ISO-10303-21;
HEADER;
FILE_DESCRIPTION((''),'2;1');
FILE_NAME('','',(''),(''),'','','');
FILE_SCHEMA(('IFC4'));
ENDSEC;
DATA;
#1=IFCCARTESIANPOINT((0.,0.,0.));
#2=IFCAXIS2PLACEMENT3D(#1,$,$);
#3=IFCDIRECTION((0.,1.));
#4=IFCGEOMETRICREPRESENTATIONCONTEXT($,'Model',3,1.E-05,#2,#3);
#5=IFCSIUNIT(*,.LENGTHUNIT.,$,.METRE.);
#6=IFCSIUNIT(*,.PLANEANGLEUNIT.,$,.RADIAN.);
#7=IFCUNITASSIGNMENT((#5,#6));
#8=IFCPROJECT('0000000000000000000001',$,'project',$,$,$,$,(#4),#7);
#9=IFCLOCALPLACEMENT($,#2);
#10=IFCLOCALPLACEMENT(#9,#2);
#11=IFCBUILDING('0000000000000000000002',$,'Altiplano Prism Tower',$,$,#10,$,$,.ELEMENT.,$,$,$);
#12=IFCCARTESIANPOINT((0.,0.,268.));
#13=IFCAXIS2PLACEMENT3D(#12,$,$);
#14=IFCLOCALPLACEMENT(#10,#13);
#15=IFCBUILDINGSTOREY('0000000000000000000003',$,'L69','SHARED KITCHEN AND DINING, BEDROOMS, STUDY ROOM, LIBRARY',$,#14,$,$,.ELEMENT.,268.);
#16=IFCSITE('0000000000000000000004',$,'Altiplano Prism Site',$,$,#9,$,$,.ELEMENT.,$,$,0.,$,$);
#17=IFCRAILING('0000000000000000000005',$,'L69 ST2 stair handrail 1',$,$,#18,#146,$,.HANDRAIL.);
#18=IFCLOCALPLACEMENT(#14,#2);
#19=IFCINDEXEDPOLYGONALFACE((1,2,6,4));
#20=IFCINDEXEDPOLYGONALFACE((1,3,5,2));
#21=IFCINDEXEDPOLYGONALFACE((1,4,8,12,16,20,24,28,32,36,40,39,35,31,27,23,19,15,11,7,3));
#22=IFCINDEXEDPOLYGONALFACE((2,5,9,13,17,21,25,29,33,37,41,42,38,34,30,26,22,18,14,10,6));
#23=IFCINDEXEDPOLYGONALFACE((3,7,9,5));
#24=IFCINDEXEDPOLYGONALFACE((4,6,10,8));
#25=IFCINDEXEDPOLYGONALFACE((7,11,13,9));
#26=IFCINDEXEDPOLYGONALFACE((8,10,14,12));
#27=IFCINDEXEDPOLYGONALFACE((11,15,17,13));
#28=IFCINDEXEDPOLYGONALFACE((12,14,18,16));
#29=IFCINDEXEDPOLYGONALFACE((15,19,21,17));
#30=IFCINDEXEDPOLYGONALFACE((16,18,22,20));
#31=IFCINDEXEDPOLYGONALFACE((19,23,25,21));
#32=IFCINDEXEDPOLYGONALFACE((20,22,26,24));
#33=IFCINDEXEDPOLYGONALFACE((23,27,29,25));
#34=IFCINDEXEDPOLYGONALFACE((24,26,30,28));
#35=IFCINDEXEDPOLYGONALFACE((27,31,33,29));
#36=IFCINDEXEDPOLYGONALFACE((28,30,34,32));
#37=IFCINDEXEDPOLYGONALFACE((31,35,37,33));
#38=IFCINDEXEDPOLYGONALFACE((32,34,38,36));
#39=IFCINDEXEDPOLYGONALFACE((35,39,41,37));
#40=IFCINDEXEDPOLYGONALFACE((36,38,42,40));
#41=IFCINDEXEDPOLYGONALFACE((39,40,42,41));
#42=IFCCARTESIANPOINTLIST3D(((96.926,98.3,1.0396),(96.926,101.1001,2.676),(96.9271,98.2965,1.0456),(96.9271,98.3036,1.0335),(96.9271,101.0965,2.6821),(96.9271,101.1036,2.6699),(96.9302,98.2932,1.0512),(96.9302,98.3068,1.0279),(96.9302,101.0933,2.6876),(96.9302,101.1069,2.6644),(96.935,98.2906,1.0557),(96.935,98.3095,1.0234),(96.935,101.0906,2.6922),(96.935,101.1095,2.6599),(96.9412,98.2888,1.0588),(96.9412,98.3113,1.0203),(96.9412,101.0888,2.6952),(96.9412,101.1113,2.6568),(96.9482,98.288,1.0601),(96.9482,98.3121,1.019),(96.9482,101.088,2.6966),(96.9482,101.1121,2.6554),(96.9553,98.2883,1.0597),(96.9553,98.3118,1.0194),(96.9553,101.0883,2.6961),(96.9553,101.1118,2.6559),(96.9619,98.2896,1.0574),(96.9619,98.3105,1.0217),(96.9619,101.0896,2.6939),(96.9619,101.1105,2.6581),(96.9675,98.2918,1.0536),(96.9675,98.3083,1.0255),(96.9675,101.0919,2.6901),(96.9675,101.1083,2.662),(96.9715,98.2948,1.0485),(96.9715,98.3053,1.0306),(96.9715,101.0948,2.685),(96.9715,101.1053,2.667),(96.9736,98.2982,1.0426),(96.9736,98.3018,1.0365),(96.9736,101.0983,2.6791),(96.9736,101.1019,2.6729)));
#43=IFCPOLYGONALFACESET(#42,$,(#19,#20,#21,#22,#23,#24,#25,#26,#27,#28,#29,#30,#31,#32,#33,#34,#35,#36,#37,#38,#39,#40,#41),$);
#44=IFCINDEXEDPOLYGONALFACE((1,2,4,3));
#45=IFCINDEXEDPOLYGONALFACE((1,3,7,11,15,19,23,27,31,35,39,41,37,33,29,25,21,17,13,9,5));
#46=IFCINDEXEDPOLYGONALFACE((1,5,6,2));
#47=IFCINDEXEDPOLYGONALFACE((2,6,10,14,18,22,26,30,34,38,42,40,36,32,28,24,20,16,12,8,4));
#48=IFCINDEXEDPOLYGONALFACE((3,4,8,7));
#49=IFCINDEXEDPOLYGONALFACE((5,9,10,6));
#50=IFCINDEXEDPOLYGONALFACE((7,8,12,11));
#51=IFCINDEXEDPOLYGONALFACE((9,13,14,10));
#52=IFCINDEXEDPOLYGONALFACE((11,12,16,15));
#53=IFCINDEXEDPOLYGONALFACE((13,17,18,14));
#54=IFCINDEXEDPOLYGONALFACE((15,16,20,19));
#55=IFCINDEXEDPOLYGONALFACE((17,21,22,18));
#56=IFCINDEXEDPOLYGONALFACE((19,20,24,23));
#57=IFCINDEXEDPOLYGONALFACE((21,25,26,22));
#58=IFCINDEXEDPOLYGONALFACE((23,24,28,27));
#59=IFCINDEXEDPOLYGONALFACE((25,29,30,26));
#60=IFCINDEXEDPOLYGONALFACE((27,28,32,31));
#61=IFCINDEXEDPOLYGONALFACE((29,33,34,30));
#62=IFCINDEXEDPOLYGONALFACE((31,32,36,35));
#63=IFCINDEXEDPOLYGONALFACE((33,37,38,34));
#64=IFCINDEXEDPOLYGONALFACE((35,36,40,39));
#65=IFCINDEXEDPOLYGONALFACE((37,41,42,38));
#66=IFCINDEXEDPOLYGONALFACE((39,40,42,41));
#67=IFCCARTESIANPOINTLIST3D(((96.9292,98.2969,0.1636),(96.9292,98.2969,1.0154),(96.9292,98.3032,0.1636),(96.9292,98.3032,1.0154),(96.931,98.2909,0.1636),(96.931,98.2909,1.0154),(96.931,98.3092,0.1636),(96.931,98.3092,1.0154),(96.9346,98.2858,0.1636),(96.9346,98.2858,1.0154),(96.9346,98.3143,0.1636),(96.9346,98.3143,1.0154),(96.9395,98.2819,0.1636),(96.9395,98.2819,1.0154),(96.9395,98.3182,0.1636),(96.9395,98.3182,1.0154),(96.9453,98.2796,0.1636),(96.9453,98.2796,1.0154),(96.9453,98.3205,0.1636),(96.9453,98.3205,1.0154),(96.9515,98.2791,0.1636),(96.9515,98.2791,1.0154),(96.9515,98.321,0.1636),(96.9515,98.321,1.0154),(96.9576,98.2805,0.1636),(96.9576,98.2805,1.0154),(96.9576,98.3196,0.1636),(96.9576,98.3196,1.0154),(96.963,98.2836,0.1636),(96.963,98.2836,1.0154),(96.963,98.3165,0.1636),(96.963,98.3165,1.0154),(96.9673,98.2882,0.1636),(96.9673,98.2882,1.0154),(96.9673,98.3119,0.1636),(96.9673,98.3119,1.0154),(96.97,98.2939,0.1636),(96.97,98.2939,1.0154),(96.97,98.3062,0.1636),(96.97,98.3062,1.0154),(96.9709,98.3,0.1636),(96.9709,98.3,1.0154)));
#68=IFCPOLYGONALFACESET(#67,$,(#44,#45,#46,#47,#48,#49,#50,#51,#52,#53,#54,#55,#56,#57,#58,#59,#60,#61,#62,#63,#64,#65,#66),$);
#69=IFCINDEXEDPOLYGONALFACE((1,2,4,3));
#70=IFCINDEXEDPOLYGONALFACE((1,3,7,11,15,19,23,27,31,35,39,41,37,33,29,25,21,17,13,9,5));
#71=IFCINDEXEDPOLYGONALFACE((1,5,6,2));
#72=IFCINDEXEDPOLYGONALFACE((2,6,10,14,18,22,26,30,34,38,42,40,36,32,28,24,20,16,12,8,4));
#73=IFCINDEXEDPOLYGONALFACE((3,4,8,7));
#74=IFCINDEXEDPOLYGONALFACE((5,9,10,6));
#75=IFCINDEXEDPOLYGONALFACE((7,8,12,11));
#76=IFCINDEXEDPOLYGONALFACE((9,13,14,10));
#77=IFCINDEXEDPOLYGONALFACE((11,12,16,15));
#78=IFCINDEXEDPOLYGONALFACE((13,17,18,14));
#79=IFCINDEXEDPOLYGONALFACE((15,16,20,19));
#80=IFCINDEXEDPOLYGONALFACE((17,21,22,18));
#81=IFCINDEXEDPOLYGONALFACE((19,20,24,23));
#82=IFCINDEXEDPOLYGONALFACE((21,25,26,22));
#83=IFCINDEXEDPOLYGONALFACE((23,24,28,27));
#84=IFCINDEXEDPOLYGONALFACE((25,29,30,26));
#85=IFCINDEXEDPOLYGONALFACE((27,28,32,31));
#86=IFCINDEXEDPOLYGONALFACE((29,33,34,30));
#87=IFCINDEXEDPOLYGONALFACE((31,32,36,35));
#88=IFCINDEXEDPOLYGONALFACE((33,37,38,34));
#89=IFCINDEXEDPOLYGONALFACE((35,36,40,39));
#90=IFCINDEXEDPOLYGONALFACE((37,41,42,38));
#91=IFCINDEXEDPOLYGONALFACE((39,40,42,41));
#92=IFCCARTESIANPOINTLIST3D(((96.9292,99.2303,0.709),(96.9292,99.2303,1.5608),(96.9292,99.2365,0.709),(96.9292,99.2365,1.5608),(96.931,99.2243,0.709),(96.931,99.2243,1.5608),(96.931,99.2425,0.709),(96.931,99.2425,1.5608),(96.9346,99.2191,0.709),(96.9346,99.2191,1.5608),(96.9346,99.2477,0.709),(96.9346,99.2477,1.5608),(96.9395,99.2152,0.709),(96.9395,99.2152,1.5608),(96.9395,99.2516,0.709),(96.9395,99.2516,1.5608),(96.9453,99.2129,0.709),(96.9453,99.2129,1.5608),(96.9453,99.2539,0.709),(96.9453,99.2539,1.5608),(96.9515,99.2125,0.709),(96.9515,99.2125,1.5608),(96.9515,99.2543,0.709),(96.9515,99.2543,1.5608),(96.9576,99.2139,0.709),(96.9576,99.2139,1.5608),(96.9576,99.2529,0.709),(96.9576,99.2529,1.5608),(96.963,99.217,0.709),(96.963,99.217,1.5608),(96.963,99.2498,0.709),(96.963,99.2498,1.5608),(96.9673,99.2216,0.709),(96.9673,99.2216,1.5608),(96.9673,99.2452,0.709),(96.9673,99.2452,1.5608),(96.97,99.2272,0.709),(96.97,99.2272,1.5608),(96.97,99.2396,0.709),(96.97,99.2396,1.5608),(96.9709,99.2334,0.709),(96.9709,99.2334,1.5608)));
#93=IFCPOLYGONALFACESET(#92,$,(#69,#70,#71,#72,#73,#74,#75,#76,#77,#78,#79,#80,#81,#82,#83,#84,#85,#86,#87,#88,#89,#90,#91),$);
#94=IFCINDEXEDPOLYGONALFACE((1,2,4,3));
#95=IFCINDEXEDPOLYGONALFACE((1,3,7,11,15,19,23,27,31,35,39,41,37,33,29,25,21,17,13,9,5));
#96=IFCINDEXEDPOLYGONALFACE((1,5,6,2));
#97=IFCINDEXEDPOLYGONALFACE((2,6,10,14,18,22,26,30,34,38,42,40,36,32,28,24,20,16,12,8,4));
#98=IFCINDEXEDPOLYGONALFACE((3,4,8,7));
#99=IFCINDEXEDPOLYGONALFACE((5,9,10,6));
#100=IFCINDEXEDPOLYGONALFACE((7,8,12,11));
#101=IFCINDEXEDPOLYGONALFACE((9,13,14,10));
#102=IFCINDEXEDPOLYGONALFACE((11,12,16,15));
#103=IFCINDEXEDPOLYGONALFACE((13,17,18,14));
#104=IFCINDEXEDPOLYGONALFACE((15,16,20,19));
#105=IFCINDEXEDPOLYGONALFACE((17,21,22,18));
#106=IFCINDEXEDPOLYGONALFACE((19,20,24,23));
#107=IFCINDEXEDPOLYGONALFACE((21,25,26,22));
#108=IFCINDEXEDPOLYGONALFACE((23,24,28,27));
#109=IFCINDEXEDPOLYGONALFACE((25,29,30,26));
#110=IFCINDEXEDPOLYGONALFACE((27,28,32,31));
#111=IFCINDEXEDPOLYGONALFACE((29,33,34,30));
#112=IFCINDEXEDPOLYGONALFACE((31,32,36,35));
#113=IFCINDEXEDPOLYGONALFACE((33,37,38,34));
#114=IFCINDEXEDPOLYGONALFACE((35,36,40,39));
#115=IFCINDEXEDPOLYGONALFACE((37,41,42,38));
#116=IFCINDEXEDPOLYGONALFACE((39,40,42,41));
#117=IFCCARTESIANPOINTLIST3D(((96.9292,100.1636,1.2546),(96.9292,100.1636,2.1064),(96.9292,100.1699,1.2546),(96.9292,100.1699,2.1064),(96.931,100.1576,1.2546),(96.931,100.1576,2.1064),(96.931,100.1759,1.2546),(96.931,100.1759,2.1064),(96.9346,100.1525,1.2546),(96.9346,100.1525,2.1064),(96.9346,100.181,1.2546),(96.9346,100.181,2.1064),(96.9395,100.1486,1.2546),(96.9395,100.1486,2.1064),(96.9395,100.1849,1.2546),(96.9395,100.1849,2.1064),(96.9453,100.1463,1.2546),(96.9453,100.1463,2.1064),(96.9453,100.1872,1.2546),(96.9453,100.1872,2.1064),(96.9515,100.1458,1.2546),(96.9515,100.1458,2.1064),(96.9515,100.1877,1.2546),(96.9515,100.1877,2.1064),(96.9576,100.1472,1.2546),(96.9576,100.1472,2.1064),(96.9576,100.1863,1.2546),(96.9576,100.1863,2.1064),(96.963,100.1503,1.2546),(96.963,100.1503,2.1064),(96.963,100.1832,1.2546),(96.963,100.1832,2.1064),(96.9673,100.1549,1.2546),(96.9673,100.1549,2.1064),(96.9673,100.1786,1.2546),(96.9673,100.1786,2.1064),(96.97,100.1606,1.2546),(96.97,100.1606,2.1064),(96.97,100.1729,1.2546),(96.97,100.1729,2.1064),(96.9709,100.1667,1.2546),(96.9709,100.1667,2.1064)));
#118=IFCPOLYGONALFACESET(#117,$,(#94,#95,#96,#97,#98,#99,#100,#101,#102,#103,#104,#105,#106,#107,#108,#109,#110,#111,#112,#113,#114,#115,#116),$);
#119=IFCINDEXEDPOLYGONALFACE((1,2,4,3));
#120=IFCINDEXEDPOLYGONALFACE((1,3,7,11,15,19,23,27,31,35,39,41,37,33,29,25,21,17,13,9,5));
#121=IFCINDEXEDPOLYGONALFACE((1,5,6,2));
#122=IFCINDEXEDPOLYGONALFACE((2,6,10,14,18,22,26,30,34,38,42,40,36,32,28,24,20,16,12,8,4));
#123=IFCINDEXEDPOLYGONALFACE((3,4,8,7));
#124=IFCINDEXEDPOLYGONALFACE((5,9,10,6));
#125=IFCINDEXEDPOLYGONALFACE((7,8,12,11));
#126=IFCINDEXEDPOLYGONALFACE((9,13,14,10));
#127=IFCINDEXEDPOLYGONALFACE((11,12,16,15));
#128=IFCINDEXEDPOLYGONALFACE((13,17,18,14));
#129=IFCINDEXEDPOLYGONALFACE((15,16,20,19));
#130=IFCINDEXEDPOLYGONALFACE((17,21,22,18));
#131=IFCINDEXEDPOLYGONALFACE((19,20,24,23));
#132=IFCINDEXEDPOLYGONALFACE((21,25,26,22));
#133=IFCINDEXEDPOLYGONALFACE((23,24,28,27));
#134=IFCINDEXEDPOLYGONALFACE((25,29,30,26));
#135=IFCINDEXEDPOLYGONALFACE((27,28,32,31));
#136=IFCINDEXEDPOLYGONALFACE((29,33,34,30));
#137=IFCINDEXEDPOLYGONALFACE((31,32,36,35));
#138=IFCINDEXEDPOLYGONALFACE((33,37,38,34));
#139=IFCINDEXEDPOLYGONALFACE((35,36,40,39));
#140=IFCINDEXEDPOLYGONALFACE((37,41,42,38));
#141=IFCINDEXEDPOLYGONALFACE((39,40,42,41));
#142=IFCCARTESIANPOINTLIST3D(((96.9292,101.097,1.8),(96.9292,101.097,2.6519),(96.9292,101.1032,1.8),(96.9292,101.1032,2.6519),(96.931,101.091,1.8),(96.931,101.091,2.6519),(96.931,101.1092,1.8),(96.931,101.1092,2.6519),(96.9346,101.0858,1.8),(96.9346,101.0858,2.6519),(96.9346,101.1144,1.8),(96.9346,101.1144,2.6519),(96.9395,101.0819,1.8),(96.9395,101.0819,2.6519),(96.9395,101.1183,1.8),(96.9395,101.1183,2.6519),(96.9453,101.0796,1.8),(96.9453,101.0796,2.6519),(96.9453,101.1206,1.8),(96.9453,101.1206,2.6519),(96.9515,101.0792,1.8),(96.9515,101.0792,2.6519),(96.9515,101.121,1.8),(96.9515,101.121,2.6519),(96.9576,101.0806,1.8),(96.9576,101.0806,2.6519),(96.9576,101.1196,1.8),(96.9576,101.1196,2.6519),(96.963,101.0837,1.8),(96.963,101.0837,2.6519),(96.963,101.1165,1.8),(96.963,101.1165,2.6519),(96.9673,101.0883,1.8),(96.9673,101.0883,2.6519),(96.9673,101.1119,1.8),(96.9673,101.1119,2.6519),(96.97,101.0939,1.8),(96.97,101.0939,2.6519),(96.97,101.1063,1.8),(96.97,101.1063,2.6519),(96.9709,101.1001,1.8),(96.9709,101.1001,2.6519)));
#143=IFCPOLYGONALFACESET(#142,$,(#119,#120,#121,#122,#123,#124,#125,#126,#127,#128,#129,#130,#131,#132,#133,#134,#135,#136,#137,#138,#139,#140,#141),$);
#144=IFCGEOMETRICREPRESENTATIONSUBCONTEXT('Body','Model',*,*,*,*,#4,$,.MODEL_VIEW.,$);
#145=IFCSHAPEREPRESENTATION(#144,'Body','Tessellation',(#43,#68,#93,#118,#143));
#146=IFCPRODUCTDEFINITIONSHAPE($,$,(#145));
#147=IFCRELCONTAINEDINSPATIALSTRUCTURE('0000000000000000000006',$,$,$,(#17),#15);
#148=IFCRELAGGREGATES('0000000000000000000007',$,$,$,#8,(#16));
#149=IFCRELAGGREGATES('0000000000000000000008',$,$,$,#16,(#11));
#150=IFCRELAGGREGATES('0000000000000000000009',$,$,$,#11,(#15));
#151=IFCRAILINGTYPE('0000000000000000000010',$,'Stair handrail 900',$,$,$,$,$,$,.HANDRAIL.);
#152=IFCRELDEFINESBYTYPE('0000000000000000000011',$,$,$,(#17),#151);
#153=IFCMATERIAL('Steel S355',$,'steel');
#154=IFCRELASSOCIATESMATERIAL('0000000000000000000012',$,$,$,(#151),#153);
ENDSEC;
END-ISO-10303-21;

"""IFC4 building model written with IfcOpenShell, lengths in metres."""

from ifc_helpers import new_model, si_unit, direction, frame, origin, origin_2d, place, context, subcontext, project, spatial, circle, extrude, material, type_object, element, save


model = new_model("IFC4")

# Units and contexts
model_context = context("Model", 3, precision=1e-05, world=origin(), true_north=direction((0.0, 1.0)))
body_context = subcontext(model_context, "Body", "Model", "MODEL_VIEW")
ifc_project = project(units=[si_unit("LENGTHUNIT", "METRE"), si_unit("PLANEANGLEUNIT", "RADIAN")], contexts=[model_context])

# Site, building, storey
site_placement = place(None, origin())
site = spatial("IfcSite", under=ifc_project, at=site_placement, Name="Altiplano Prism Site", CompositionType="ELEMENT", RefElevation=0.0)
building_placement = place(site_placement, origin())
building = spatial("IfcBuilding", under=site, at=building_placement, Name="Altiplano Prism Tower", CompositionType="ELEMENT")
storey_placement = place(building_placement, frame((0.0, 0.0, 268.0)))
storey = spatial("IfcBuildingStorey", under=building, at=storey_placement, Name="L69", Description="SHARED KITCHEN AND DINING, BEDROOMS, STUDY ROOM, LIBRARY", CompositionType="ELEMENT", Elevation=268.0)

# Railing
ifc_material_1 = material(Name="Steel S355", Category="steel")
railing_type = type_object("IfcRailingType", Name="Stair handrail 900", PredefinedType="HANDRAIL", material=ifc_material_1)
railing_placement = place(storey_placement, frame((96.95, 98.3, 0.1636)))
element("IfcRailing", 1, at=railing_placement, inside=storey, type_object=railing_type, Name="L69 ST2 stair handrail 1", PredefinedType="HANDRAIL", context=body_context, shape_type="SweptSolid", body=[
    extrude(circle(Radius=0.0239, at=origin_2d()), frame((0.0, 0.0, 0.876), z_axis=(0.0, 0.863361, 0.504587), x_axis=(-1.0, 0.0, 0.0)), (0.0, 0.0, 1.0), 3.2432),
    extrude(circle(Radius=0.021, at=origin_2d()), origin(), (0.0, 0.0, 1.0), 0.8518),
    extrude(circle(Radius=0.021, at=origin_2d()), frame((0.0, 0.9333, 0.5454)), (0.0, 0.0, 1.0), 0.8518),
    extrude(circle(Radius=0.021, at=origin_2d()), frame((0.0, 1.8667, 1.0911)), (0.0, 0.0, 1.0), 0.8518),
    extrude(circle(Radius=0.021, at=origin_2d()), frame((0.0, 2.8, 1.6365)), (0.0, 0.0, 1.0), 0.8518),
])

save(model, "model.ifc")
